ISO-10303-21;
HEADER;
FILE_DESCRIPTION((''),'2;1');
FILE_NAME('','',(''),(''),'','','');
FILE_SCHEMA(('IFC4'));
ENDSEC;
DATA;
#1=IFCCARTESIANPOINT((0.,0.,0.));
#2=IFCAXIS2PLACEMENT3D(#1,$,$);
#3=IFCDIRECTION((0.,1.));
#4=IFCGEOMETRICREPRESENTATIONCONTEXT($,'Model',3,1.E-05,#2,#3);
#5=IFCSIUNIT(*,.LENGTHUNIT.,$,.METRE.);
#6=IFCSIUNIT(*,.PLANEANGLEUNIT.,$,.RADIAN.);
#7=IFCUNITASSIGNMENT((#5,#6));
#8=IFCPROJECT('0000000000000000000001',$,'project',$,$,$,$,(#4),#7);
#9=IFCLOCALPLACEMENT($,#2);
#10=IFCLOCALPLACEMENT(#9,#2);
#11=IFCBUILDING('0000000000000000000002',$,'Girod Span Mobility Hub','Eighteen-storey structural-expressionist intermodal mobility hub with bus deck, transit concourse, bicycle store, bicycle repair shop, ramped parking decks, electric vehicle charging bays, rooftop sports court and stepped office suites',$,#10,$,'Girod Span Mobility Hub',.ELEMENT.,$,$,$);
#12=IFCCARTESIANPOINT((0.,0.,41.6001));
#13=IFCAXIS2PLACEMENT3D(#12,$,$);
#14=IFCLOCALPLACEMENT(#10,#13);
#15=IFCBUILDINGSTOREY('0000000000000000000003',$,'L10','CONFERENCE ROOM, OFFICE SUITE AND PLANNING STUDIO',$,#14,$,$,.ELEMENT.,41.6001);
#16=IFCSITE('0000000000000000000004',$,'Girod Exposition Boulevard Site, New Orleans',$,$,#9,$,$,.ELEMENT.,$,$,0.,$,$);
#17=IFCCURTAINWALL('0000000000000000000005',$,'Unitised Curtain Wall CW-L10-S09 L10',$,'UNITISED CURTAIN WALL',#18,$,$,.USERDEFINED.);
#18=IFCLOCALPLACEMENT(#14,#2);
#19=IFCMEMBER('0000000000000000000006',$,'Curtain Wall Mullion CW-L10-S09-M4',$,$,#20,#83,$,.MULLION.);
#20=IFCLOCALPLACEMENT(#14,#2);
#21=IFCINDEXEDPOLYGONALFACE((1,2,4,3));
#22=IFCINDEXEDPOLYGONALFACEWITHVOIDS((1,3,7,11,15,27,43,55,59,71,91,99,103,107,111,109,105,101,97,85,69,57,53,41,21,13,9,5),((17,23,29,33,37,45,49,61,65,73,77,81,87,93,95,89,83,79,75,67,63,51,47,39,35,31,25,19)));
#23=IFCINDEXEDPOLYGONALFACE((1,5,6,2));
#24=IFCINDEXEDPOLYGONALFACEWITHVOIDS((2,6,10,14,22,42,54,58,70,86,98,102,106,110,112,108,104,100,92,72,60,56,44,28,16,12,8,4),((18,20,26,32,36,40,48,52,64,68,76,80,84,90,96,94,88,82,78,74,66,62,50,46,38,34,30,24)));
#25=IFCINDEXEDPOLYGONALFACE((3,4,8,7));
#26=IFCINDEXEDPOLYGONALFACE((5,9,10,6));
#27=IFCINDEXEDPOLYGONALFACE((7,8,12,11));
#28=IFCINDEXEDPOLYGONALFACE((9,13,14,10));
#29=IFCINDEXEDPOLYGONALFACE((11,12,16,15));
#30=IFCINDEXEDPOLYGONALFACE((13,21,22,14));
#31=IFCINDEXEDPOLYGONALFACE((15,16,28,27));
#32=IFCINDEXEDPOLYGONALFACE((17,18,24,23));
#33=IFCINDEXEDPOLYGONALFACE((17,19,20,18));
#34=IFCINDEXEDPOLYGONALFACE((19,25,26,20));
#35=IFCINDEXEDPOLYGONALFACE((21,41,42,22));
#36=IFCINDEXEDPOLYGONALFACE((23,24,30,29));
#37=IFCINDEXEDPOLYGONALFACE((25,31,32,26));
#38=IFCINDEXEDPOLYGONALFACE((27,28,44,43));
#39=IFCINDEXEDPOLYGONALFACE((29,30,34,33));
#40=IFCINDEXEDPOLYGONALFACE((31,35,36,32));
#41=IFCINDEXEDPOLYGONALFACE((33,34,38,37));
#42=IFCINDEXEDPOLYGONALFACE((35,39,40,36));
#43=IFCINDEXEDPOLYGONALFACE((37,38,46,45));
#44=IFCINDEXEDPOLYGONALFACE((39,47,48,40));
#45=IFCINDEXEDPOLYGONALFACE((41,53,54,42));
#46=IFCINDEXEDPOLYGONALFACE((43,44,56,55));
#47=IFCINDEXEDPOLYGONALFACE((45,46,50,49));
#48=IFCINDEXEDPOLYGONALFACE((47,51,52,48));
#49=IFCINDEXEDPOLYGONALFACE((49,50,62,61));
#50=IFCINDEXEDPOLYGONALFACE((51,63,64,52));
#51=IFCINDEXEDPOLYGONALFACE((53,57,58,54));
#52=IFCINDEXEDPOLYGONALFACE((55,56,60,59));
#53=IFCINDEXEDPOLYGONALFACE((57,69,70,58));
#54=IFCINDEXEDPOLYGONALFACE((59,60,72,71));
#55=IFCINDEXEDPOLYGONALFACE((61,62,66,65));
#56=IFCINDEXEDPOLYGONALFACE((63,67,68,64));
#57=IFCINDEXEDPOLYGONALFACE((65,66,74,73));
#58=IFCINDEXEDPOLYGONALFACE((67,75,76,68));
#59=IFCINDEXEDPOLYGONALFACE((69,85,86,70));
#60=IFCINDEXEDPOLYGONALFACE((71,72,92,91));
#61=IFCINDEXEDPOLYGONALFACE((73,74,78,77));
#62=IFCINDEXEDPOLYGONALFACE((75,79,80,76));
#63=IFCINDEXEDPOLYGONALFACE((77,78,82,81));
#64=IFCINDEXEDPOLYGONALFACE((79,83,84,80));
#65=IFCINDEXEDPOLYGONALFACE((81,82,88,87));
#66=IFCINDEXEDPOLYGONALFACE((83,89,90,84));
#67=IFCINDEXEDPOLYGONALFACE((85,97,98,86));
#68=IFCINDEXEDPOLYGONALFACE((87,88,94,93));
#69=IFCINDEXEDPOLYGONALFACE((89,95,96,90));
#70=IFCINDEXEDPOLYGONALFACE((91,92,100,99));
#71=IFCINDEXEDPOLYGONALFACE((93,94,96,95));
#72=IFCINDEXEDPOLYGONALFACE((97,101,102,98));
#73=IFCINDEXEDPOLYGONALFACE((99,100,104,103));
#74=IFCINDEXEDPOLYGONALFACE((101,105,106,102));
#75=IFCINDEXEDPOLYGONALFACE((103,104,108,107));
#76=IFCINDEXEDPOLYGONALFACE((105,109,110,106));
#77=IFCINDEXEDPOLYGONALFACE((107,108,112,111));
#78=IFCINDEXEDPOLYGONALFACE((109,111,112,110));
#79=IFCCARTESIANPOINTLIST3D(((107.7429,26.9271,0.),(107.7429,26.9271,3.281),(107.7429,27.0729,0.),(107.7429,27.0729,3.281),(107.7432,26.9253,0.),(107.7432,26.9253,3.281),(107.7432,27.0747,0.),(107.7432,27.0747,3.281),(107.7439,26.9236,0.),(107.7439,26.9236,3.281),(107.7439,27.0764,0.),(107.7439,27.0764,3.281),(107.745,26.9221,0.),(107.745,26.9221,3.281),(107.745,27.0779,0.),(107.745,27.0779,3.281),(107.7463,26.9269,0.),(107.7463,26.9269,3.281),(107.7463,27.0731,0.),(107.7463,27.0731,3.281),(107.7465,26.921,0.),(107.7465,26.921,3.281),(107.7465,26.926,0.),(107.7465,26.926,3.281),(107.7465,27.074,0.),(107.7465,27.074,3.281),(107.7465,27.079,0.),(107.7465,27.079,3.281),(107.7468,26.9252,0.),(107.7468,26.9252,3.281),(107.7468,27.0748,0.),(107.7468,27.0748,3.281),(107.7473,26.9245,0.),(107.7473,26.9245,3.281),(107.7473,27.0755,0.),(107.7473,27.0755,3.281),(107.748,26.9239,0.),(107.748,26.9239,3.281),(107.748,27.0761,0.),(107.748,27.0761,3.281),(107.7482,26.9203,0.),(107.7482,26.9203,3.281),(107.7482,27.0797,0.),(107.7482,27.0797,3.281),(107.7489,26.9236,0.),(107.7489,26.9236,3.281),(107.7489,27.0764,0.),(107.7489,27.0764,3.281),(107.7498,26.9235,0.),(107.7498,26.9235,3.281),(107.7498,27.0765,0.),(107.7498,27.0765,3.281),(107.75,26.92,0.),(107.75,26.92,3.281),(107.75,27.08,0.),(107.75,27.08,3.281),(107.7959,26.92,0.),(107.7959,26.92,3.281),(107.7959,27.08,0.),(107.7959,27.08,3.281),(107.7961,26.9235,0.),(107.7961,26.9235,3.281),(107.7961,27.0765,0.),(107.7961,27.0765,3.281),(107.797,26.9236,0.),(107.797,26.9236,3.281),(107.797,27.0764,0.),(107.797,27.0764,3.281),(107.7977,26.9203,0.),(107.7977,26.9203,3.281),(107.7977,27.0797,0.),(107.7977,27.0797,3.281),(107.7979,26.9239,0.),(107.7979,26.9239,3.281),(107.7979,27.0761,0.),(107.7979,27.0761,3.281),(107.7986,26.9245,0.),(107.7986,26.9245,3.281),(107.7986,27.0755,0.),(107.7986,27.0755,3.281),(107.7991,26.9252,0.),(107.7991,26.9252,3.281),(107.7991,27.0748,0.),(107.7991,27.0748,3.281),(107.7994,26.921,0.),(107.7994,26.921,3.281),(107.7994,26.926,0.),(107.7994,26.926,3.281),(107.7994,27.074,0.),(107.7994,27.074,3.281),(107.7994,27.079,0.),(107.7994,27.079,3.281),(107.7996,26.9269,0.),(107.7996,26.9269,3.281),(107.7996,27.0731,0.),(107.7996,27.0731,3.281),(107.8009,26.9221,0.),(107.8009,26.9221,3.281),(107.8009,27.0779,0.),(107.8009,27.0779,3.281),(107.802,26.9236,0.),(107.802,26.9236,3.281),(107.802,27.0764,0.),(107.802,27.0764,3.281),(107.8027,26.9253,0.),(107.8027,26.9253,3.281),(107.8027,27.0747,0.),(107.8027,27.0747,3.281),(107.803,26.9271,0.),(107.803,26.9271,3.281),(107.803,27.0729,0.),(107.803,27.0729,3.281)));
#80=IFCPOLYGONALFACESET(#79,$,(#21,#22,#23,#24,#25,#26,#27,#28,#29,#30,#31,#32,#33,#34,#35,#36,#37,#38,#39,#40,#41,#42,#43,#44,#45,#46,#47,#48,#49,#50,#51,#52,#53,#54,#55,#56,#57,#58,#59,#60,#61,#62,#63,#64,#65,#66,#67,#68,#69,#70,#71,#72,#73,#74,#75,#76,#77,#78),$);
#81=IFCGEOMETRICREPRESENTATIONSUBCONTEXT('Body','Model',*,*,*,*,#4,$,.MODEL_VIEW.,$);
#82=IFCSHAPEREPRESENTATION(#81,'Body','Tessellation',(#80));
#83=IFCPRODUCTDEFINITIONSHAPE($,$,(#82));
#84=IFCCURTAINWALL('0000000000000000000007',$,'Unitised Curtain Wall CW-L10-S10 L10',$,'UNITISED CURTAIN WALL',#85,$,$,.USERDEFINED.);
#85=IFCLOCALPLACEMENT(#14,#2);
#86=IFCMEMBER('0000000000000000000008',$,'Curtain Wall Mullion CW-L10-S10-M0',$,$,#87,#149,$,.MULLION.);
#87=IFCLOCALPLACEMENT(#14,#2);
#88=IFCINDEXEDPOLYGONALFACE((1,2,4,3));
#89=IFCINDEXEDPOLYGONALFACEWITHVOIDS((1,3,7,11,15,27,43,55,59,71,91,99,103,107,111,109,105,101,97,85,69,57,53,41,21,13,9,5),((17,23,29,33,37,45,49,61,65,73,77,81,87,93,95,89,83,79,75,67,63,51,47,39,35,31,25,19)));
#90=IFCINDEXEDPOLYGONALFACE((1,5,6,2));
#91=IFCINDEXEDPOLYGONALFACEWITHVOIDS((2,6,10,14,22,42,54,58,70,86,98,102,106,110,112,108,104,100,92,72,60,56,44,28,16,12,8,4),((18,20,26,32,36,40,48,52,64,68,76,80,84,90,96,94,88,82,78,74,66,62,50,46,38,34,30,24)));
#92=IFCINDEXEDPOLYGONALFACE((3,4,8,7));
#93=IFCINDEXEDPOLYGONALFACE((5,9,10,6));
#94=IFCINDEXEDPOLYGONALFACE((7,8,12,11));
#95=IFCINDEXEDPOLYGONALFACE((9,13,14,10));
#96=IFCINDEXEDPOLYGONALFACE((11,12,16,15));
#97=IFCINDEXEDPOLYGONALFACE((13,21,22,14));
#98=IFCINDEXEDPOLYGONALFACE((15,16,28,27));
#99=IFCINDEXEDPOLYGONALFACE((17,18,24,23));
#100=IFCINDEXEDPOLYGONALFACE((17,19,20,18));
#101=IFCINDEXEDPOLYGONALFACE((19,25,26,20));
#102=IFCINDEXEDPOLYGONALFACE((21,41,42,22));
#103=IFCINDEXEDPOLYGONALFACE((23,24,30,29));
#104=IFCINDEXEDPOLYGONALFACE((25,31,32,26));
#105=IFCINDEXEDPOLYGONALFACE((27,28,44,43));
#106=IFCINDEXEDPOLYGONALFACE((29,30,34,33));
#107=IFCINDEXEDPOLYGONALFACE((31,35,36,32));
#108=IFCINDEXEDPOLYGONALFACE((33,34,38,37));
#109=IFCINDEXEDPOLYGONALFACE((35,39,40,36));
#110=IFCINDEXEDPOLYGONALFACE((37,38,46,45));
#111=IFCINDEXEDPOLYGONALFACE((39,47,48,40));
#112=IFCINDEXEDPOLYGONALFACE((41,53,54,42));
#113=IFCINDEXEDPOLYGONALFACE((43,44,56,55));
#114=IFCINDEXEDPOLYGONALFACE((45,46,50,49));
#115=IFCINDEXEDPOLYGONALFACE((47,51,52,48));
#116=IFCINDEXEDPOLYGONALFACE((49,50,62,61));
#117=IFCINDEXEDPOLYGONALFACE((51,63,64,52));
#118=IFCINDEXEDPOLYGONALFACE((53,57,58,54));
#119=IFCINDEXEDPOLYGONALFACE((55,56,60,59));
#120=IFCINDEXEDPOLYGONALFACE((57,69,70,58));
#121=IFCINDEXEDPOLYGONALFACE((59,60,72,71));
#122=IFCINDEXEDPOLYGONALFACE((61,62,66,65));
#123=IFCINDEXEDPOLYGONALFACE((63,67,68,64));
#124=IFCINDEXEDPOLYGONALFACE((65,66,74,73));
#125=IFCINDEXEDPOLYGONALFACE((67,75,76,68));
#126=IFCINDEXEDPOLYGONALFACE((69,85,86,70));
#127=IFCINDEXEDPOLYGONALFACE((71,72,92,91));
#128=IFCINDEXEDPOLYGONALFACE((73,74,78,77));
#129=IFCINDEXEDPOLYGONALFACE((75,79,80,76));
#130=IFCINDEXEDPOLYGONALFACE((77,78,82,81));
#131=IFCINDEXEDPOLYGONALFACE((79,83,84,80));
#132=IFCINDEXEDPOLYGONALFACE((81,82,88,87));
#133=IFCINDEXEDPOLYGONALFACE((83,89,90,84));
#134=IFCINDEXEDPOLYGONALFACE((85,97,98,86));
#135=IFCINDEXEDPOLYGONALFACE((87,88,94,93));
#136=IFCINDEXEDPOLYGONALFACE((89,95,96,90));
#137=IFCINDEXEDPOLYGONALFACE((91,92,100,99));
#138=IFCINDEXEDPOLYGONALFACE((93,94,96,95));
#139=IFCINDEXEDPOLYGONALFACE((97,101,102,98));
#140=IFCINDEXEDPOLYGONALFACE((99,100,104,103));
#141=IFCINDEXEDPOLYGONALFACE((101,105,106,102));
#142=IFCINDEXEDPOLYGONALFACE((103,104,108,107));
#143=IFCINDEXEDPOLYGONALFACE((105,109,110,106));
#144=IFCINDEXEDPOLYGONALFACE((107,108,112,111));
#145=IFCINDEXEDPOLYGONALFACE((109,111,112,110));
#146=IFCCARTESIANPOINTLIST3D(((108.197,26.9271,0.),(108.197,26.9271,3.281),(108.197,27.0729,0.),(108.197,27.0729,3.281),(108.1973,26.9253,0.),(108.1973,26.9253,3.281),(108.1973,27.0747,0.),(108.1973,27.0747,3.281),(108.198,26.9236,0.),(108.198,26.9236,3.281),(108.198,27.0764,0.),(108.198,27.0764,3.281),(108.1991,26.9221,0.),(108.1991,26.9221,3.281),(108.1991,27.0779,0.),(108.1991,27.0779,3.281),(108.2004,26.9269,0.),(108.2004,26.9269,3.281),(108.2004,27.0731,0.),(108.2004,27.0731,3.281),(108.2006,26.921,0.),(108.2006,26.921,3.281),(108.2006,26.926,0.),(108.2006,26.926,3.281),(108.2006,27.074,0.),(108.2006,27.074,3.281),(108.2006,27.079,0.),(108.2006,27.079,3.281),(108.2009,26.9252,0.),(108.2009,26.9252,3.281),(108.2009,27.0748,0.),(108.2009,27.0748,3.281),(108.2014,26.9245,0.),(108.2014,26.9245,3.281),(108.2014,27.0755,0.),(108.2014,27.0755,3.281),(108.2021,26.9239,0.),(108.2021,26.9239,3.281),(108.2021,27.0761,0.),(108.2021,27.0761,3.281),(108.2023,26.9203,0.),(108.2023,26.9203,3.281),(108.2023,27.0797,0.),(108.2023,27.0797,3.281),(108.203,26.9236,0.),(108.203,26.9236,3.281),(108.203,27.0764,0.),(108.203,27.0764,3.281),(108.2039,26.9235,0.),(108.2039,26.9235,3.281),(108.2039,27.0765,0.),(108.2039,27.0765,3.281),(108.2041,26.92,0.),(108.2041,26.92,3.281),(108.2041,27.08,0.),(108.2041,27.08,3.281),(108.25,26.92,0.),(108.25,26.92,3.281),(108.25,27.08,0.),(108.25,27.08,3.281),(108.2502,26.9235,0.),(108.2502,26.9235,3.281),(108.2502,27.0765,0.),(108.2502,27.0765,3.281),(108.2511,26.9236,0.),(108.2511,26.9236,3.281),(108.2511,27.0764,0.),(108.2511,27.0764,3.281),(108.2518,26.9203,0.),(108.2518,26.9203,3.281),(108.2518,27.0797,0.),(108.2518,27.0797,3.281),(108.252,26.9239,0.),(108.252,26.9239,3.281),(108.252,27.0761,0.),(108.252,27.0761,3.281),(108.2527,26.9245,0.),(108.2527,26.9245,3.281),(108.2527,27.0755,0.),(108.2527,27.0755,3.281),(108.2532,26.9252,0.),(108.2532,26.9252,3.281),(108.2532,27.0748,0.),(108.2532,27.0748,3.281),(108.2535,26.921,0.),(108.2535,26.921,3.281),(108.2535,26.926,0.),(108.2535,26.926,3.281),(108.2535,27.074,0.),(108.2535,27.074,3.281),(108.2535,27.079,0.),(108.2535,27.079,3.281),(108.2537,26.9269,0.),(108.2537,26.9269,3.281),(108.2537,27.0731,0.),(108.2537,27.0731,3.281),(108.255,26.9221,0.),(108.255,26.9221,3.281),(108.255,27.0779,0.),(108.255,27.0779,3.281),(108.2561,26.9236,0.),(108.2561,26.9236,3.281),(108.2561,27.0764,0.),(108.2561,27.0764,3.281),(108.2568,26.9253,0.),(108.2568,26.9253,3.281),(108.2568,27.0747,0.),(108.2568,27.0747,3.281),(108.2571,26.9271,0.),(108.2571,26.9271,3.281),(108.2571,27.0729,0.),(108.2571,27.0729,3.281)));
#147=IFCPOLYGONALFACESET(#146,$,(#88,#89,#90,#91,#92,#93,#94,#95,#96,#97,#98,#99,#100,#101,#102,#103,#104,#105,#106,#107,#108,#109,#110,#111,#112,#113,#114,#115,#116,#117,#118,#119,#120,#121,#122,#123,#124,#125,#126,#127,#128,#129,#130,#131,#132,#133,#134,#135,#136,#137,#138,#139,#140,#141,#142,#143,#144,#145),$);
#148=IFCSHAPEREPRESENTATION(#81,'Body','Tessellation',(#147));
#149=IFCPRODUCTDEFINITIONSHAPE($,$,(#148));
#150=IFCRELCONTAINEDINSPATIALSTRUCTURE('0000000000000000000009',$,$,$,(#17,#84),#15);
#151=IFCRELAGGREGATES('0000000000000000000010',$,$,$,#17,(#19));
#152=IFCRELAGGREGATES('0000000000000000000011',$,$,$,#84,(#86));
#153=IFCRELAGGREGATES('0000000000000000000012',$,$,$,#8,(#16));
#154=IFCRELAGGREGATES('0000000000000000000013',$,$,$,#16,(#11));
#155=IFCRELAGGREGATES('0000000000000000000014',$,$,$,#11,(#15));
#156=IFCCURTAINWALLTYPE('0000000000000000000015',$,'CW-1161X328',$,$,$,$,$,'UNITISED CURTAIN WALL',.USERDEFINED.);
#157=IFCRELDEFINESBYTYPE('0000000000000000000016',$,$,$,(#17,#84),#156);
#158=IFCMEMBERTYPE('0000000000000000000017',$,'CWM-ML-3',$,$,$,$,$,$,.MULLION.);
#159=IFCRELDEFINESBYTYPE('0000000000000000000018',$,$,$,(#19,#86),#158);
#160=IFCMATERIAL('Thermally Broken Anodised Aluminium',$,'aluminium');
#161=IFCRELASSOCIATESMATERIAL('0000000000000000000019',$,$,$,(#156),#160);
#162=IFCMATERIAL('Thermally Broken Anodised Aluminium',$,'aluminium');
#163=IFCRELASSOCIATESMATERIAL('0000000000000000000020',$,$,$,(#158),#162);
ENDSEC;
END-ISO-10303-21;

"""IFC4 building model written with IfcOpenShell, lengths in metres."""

from ifc_helpers import new_model, si_unit, direction, frame, origin, origin_2d, place, context, subcontext, project, spatial, hollow_rectangle, extrude, material, material_profile, profile_set, type_object, element, aggregate, save


model = new_model("IFC4")

# Units and contexts
model_context = context("Model", 3, precision=1e-05, world=origin(), true_north=direction((0.0, 1.0)))
body_context = subcontext(model_context, "Body", "Model", "MODEL_VIEW")
ifc_project = project(units=[si_unit("LENGTHUNIT", "METRE"), si_unit("PLANEANGLEUNIT", "RADIAN")], contexts=[model_context])

# Site, building, storey
site_placement = place(None, origin())
site = spatial("IfcSite", under=ifc_project, at=site_placement, Name="Girod Exposition Boulevard Site, New Orleans", CompositionType="ELEMENT", RefElevation=0.0)
building_placement = place(site_placement, origin())
building = spatial("IfcBuilding", under=site, at=building_placement, Name="Girod Span Mobility Hub", Description="Eighteen-storey structural-expressionist intermodal mobility hub with bus deck, transit concourse, bicycle store, bicycle repair shop, ramped parking decks, electric vehicle charging bays, rooftop sports court and stepped office suites", LongName="Girod Span Mobility Hub", CompositionType="ELEMENT")
storey_placement = place(building_placement, frame((0.0, 0.0, 41.6001)))
storey = spatial("IfcBuildingStorey", under=building, at=storey_placement, Name="L10", Description="CONFERENCE ROOM, OFFICE SUITE AND PLANNING STUDIO", CompositionType="ELEMENT", Elevation=41.6001)

# Curtain wall, member
ifc_material_1 = material(Name="Thermally Broken Anodised Aluminium", Category="aluminium")
curtain_wall_type = type_object("IfcCurtainWallType", Name="CW-1161X328", ElementType="UNITISED CURTAIN WALL", PredefinedType="USERDEFINED", material=ifc_material_1)
curtain_wall_1_placement = place(storey_placement, origin())
curtain_wall_1 = element("IfcCurtainWall", 1, at=curtain_wall_1_placement, inside=storey, type_object=curtain_wall_type, Name="Unitised Curtain Wall CW-L10-S09 L10", ObjectType="UNITISED CURTAIN WALL", PredefinedType="USERDEFINED")
ifc_material_2 = material(Name="Thermally Broken Anodised Aluminium", Category="aluminium")
ifc_material_profile_1 = material_profile(ifc_material_2, hollow_rectangle(XDim=0.1599, YDim=0.0601, WallThickness=0.0034, InnerFilletRadius=0.0034, OuterFilletRadius=0.0071, at=origin_2d()), Name="CW-ML-60X160")
ifc_profile_set_1 = profile_set([ifc_material_profile_1], Name="Thermally Broken Anodised Aluminium")
member_type_1 = type_object("IfcMemberType", Name="CWM-ML-3", PredefinedType="MULLION", material=ifc_profile_set_1)
member_1_placement = place(storey_placement, frame((107.7729, 27.0, 0.0), z_axis=(0.0, 0.0, 1.0), x_axis=(0.0, 1.0, 0.0)))
member_1 = element("IfcMember", 2, at=member_1_placement, type_object=member_type_1, Name="Curtain Wall Mullion CW-L10-S09-M4", PredefinedType="MULLION", context=body_context, shape_type="SweptSolid", body=[
    extrude(hollow_rectangle(XDim=0.1599, YDim=0.0601, WallThickness=0.0034, InnerFilletRadius=0.0034, OuterFilletRadius=0.0071, at=origin_2d()), origin(), (0.0, 0.0, 1.0), 3.281),
])

# Curtain wall, member
curtain_wall_2_placement = place(storey_placement, origin())
curtain_wall_2 = element("IfcCurtainWall", 3, at=curtain_wall_2_placement, inside=storey, type_object=curtain_wall_type, Name="Unitised Curtain Wall CW-L10-S10 L10", ObjectType="UNITISED CURTAIN WALL", PredefinedType="USERDEFINED")
member_2_placement = place(storey_placement, frame((108.2271, 27.0, 0.0), z_axis=(0.0, 0.0, 1.0), x_axis=(0.0, 1.0, 0.0)))
member_2 = element("IfcMember", 4, at=member_2_placement, type_object=member_type_1, Name="Curtain Wall Mullion CW-L10-S10-M0", PredefinedType="MULLION", context=body_context, shape_type="SweptSolid", body=[
    extrude(hollow_rectangle(XDim=0.1599, YDim=0.0601, WallThickness=0.0034, InnerFilletRadius=0.0034, OuterFilletRadius=0.0071, at=origin_2d()), origin(), (0.0, 0.0, 1.0), 3.281),
])

aggregate(curtain_wall_1, [member_1])
aggregate(curtain_wall_2, [member_2])

save(model, "model.ifc")
